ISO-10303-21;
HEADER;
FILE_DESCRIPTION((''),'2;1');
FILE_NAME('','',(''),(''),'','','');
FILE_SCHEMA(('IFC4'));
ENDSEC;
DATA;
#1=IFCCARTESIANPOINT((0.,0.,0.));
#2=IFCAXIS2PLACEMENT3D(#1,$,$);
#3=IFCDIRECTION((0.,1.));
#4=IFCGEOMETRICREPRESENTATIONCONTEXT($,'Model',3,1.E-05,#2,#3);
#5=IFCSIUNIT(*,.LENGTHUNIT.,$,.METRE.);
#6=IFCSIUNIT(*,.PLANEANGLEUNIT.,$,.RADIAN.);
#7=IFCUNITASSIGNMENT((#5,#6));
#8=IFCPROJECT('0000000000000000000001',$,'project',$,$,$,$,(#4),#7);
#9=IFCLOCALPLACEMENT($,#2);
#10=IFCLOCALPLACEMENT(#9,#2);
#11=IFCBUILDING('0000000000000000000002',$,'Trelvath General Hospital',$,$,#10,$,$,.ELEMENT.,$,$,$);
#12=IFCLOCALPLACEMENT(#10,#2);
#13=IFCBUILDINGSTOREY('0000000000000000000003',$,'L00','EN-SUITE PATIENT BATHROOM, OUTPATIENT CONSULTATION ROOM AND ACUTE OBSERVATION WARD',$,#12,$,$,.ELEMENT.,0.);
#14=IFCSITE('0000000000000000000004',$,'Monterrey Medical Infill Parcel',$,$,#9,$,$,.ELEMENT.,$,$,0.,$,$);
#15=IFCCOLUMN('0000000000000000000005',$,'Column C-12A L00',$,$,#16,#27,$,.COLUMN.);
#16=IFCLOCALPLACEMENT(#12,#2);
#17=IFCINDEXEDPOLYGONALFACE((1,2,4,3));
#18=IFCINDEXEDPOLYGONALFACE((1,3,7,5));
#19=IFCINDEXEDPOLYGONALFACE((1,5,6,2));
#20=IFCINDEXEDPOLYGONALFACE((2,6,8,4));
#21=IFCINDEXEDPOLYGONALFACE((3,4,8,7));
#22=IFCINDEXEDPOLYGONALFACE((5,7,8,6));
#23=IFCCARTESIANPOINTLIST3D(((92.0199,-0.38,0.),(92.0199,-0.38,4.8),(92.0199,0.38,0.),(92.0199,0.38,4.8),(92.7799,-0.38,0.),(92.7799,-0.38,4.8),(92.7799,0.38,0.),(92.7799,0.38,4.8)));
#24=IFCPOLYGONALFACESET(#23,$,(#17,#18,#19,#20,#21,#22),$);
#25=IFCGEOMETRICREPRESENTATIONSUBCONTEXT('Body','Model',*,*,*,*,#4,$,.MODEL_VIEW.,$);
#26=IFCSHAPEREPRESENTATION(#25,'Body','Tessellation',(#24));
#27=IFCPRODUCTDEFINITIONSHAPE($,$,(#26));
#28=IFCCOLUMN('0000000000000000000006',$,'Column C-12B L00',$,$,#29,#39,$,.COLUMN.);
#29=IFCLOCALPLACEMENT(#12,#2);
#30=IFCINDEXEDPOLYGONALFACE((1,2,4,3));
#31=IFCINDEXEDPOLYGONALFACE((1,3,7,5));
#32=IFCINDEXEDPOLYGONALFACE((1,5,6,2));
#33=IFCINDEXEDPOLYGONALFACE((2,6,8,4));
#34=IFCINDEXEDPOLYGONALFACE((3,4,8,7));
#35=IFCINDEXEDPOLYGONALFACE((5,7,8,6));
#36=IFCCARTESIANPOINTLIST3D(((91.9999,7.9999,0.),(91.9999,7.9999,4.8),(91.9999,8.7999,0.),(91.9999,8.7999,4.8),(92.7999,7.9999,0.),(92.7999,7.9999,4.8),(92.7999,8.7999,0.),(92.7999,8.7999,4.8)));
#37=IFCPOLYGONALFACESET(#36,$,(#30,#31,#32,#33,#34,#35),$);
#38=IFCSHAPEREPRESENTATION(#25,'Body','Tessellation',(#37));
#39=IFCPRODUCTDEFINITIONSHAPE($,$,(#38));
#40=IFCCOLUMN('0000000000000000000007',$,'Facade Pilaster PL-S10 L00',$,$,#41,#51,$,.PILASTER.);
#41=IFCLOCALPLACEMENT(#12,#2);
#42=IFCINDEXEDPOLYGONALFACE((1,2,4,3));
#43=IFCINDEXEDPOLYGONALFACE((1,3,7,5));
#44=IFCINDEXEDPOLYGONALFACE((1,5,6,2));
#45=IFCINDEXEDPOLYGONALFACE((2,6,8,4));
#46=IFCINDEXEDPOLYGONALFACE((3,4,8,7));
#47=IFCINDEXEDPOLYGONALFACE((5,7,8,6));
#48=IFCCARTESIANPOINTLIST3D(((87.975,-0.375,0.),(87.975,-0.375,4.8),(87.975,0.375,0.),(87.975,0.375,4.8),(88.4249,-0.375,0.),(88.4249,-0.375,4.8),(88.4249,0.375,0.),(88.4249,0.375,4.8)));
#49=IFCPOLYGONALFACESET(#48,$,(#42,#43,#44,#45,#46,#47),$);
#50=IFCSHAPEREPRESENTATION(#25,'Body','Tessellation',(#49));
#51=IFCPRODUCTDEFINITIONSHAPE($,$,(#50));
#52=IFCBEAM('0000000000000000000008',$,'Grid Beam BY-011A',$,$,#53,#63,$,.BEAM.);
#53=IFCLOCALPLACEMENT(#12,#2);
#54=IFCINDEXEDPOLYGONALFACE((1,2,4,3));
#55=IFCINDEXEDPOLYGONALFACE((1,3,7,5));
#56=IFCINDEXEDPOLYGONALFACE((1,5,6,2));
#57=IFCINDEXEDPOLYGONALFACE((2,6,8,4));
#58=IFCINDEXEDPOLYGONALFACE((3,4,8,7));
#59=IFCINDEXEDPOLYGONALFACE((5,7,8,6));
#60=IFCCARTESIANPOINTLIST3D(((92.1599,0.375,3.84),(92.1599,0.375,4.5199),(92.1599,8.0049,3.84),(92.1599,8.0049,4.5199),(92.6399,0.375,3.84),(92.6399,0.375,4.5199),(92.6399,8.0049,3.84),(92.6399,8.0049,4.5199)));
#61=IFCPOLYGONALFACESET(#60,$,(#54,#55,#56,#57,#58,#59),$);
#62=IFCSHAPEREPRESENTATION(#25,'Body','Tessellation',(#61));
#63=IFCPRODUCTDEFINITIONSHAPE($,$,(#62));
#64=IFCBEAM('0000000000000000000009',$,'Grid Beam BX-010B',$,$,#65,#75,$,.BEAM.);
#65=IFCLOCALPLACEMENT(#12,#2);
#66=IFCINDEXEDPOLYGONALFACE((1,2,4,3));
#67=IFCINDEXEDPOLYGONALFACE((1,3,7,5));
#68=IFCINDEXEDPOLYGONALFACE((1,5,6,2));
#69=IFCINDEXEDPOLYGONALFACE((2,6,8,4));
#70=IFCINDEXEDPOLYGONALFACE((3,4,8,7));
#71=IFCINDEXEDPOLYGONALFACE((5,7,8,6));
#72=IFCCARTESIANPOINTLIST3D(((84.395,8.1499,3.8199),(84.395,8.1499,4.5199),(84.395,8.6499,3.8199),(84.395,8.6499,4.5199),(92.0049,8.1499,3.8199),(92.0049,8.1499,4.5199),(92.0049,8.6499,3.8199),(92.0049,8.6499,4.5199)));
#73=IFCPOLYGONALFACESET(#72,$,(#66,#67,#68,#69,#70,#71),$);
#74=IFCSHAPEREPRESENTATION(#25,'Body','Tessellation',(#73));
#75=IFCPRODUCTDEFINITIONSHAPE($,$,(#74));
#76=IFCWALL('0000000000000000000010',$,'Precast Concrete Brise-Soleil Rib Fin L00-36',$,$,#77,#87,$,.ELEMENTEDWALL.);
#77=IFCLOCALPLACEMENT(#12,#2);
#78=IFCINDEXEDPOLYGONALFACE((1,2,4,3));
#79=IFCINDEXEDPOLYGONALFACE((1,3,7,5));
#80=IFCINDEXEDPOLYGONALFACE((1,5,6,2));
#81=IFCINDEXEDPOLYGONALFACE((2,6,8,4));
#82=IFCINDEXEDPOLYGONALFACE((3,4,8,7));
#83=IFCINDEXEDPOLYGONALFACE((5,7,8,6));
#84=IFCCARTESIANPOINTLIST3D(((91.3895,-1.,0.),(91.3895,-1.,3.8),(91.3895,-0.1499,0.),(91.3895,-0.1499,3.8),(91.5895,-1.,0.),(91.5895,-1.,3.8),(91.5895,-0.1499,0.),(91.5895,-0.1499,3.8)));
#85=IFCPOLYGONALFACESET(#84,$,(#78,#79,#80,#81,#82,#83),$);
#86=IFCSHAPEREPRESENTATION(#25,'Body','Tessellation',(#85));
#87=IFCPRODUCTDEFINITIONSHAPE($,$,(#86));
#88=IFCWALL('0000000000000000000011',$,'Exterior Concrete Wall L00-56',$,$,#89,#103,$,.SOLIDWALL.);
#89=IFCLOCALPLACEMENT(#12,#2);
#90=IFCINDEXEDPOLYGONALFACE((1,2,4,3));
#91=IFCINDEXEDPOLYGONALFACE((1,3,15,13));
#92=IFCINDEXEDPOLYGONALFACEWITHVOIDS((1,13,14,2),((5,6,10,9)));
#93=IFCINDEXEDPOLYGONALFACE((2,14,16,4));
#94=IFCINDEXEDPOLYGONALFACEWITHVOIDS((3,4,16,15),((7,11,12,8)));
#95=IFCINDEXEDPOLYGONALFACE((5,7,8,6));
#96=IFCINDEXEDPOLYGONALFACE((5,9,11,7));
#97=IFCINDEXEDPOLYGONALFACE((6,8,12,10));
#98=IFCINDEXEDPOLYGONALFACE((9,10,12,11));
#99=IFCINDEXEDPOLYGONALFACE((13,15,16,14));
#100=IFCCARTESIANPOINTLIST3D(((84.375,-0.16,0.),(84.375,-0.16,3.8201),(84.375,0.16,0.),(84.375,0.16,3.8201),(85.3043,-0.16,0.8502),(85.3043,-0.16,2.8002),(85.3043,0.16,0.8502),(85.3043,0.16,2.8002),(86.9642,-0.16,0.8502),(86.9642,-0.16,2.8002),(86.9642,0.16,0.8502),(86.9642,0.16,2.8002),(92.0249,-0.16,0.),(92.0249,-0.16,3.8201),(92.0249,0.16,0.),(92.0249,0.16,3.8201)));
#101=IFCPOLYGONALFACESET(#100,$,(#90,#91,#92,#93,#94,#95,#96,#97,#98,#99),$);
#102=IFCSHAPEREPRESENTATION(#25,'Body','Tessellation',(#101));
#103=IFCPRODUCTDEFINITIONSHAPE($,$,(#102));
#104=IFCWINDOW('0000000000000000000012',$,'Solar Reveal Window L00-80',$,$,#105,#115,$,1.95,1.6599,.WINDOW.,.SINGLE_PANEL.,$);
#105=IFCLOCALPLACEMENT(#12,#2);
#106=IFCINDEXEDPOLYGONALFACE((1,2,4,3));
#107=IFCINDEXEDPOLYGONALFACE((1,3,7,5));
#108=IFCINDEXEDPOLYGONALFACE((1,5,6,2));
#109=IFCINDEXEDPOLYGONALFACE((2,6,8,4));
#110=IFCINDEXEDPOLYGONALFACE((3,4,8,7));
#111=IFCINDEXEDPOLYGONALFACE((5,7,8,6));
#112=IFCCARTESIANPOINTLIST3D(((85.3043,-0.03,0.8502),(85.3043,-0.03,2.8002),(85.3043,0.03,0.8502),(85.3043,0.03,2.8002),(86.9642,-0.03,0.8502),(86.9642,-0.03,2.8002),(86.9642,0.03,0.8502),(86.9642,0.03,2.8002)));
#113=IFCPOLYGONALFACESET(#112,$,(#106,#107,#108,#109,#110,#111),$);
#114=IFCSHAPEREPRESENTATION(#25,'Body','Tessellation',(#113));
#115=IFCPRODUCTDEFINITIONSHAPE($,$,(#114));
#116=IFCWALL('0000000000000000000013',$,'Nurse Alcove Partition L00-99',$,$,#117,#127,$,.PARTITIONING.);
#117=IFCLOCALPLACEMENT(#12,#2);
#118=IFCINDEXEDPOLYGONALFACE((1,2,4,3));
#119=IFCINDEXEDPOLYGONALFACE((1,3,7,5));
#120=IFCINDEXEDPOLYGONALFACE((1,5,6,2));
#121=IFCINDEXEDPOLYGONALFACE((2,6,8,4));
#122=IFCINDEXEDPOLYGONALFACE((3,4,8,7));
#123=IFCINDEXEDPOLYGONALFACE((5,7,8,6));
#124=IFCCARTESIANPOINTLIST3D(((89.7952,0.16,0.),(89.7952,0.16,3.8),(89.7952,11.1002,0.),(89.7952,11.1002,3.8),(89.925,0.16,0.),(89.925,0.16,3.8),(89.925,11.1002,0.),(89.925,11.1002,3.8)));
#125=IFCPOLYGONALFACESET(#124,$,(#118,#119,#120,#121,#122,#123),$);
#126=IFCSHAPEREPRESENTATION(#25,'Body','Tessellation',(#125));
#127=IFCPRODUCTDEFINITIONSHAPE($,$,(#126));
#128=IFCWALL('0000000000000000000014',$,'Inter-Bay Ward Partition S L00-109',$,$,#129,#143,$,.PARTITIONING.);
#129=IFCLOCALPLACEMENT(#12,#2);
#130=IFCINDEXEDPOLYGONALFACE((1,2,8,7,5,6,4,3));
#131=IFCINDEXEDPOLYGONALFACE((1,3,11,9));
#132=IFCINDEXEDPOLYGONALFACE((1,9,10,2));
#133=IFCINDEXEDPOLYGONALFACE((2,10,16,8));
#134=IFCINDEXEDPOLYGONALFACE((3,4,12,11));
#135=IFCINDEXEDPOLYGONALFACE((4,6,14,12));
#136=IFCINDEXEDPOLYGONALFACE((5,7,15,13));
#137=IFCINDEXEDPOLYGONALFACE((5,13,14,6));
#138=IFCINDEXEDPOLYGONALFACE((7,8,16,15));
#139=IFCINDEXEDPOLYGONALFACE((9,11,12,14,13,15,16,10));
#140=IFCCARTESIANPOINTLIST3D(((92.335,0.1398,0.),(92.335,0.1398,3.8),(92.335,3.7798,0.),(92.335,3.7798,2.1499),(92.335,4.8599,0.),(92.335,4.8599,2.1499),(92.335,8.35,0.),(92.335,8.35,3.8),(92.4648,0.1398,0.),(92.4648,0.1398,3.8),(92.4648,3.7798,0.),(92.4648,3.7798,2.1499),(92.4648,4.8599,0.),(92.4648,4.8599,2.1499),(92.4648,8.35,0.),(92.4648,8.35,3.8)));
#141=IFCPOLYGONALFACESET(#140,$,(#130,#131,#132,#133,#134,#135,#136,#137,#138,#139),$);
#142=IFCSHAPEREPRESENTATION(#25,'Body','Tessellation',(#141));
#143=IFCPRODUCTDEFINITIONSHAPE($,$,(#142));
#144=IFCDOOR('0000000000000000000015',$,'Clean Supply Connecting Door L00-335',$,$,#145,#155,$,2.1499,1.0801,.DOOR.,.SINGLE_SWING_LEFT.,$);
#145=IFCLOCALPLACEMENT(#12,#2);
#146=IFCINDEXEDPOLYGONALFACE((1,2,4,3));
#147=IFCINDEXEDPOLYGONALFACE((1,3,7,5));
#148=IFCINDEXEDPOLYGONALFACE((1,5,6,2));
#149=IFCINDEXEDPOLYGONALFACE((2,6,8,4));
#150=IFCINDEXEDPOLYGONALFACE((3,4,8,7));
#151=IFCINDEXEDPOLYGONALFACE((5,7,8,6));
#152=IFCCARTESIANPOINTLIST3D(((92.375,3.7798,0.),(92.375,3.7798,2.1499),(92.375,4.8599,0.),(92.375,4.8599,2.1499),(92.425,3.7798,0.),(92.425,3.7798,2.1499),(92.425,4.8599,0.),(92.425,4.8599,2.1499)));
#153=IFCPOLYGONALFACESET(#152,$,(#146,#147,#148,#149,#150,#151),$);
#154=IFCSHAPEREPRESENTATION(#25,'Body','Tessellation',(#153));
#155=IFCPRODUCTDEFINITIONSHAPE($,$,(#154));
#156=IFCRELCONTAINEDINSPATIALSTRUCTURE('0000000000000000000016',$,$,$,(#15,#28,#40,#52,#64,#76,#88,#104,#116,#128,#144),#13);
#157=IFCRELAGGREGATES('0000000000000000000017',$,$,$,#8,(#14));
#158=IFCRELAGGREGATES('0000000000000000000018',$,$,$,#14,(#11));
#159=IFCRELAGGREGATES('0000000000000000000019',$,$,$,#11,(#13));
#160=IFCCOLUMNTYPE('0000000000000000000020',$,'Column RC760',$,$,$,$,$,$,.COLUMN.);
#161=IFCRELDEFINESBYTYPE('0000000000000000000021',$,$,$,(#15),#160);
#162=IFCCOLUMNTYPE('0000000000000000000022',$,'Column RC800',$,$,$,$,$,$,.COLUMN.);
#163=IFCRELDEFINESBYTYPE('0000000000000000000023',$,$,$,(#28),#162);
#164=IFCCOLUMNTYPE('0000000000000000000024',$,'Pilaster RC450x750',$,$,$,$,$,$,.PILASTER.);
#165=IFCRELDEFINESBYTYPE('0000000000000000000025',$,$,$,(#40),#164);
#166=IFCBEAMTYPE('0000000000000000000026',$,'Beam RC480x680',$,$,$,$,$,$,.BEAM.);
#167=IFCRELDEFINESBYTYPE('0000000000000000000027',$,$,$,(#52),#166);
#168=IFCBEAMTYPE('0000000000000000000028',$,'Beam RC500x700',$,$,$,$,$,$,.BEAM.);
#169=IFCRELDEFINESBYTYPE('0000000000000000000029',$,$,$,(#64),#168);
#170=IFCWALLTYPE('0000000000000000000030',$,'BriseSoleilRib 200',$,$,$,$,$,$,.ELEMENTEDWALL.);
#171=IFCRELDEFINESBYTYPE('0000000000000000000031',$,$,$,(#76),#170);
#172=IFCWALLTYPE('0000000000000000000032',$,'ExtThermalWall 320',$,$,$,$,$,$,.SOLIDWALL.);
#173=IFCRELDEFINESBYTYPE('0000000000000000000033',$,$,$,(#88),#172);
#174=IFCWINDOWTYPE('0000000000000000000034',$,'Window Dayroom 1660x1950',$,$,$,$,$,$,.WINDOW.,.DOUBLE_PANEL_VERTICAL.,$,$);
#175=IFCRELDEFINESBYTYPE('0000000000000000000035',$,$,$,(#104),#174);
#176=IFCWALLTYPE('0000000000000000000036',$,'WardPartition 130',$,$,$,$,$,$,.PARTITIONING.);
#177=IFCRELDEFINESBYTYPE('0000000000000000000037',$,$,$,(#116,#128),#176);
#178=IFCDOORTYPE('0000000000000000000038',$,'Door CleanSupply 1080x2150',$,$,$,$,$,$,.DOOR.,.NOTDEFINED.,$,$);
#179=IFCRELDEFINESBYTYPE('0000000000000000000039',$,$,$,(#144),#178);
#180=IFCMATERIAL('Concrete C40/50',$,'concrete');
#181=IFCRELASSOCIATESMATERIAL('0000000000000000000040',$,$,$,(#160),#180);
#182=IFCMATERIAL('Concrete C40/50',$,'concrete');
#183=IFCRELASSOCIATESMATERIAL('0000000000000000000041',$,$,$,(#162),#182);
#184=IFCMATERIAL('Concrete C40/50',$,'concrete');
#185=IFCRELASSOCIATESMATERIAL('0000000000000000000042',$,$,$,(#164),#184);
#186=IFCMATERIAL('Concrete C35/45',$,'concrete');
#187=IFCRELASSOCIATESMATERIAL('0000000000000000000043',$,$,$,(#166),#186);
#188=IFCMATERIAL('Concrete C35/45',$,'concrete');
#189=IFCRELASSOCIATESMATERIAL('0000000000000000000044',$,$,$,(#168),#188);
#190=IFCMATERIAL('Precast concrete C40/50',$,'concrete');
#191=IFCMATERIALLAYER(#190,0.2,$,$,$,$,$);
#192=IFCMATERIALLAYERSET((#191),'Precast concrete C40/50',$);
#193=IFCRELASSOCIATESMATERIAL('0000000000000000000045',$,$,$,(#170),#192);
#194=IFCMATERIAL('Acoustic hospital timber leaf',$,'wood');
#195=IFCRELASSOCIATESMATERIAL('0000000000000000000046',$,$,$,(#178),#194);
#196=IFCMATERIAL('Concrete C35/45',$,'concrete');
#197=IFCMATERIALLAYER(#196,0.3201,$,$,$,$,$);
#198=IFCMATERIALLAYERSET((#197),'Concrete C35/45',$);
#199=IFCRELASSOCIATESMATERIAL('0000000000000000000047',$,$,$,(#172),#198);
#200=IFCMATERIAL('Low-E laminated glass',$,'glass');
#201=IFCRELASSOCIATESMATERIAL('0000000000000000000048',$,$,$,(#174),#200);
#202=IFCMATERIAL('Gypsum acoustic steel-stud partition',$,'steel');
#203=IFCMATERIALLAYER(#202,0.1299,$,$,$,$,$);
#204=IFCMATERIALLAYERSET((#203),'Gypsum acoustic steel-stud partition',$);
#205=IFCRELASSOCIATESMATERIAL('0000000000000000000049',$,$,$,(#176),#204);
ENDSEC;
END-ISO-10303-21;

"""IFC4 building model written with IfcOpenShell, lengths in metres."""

from ifc_helpers import new_model, si_unit, direction, frame, frame_2d, origin, origin_2d, place, context, subcontext, project, spatial, rectangle, extrude, material, layer, layer_set, material_profile, profile_set, type_object, element, fill, save


model = new_model("IFC4")

# Units and contexts
model_context = context("Model", 3, precision=1e-05, world=origin(), true_north=direction((0.0, 1.0)))
body_context = subcontext(model_context, "Body", "Model", "MODEL_VIEW")
ifc_project = project(units=[si_unit("LENGTHUNIT", "METRE"), si_unit("PLANEANGLEUNIT", "RADIAN")], contexts=[model_context])

# Site, building, storey
site_placement = place(None, origin())
site = spatial("IfcSite", under=ifc_project, at=site_placement, Name="Monterrey Medical Infill Parcel", CompositionType="ELEMENT", RefElevation=0.0)
building_placement = place(site_placement, origin())
building = spatial("IfcBuilding", under=site, at=building_placement, Name="Trelvath General Hospital", CompositionType="ELEMENT")
storey_placement = place(building_placement, origin())
storey = spatial("IfcBuildingStorey", under=building, at=storey_placement, Name="L00", Description="EN-SUITE PATIENT BATHROOM, OUTPATIENT CONSULTATION ROOM AND ACUTE OBSERVATION WARD", CompositionType="ELEMENT", Elevation=0.0)

# Columns
ifc_material_1 = material(Name="Concrete C40/50", Category="concrete")
ifc_material_profile_1 = material_profile(ifc_material_1, rectangle(XDim=0.76, YDim=0.76, at=origin_2d()), Name="RC760x760")
ifc_profile_set_1 = profile_set([ifc_material_profile_1], Name="Concrete C40/50")
column_type_1 = type_object("IfcColumnType", Name="Column RC760", PredefinedType="COLUMN", material=ifc_profile_set_1)
column_1_placement = place(storey_placement, frame((92.3999, 0.0, 0.0), z_axis=(0.0, 0.0, 1.0), x_axis=(1.0, 0.0, 0.0)))
element("IfcColumn", 1, at=column_1_placement, inside=storey, type_object=column_type_1, Name="Column C-12A L00", PredefinedType="COLUMN", context=body_context, shape_type="SweptSolid", body=[
    extrude(rectangle(XDim=0.76, YDim=0.76, at=origin_2d()), origin(), (0.0, 0.0, 1.0), 4.8),
])
ifc_material_2 = material(Name="Concrete C40/50", Category="concrete")
ifc_material_profile_2 = material_profile(ifc_material_2, rectangle(XDim=0.8, YDim=0.8, at=origin_2d()), Name="RC800x800")
ifc_profile_set_2 = profile_set([ifc_material_profile_2], Name="Concrete C40/50")
column_type_2 = type_object("IfcColumnType", Name="Column RC800", PredefinedType="COLUMN", material=ifc_profile_set_2)
column_2_placement = place(storey_placement, frame((92.3999, 8.3999, 0.0), z_axis=(0.0, 0.0, 1.0), x_axis=(1.0, 0.0, 0.0)))
element("IfcColumn", 2, at=column_2_placement, inside=storey, type_object=column_type_2, Name="Column C-12B L00", PredefinedType="COLUMN", context=body_context, shape_type="SweptSolid", body=[
    extrude(rectangle(XDim=0.8, YDim=0.8, at=origin_2d()), origin(), (0.0, 0.0, 1.0), 4.8),
])
ifc_material_3 = material(Name="Concrete C40/50", Category="concrete")
ifc_material_profile_3 = material_profile(ifc_material_3, rectangle(XDim=0.45, YDim=0.75, at=origin_2d()), Name="RC450x750")
ifc_profile_set_3 = profile_set([ifc_material_profile_3], Name="Concrete C40/50")
column_type_3 = type_object("IfcColumnType", Name="Pilaster RC450x750", PredefinedType="PILASTER", material=ifc_profile_set_3)
column_3_placement = place(storey_placement, frame((88.2, 0.0, 0.0), z_axis=(0.0, 0.0, 1.0), x_axis=(1.0, 0.0, 0.0)))
element("IfcColumn", 3, at=column_3_placement, inside=storey, type_object=column_type_3, Name="Facade Pilaster PL-S10 L00", PredefinedType="PILASTER", context=body_context, shape_type="SweptSolid", body=[
    extrude(rectangle(XDim=0.45, YDim=0.75, at=origin_2d()), origin(), (0.0, 0.0, 1.0), 4.8),
])

# Beams
ifc_material_4 = material(Name="Concrete C35/45", Category="concrete")
ifc_material_profile_4 = material_profile(ifc_material_4, rectangle(XDim=0.48, YDim=0.6799, at=origin_2d()), Name="RCB480x680")
ifc_profile_set_4 = profile_set([ifc_material_profile_4], Name="Concrete C35/45")
beam_type_1 = type_object("IfcBeamType", Name="Beam RC480x680", PredefinedType="BEAM", material=ifc_profile_set_4)
beam_1_placement = place(storey_placement, frame((92.3999, 0.375, 4.1799), z_axis=(0.0, 1.0, 0.0), x_axis=(-1.0, 0.0, 0.0)))
element("IfcBeam", 4, at=beam_1_placement, inside=storey, type_object=beam_type_1, Name="Grid Beam BY-011A", PredefinedType="BEAM", context=body_context, shape_type="SweptSolid", body=[
    extrude(rectangle(XDim=0.48, YDim=0.6799, at=origin_2d()), origin(), (0.0, 0.0, 1.0), 7.6299),
])
ifc_material_5 = material(Name="Concrete C35/45", Category="concrete")
ifc_material_profile_5 = material_profile(ifc_material_5, rectangle(XDim=0.5, YDim=0.7, at=origin_2d()), Name="RCB500x700")
ifc_profile_set_5 = profile_set([ifc_material_profile_5], Name="Concrete C35/45")
beam_type_2 = type_object("IfcBeamType", Name="Beam RC500x700", PredefinedType="BEAM", material=ifc_profile_set_5)
beam_2_placement = place(storey_placement, frame((84.395, 8.3999, 4.1699), z_axis=(1.0, 0.0, 0.0), x_axis=(0.0, 1.0, 0.0)))
element("IfcBeam", 5, at=beam_2_placement, inside=storey, type_object=beam_type_2, Name="Grid Beam BX-010B", PredefinedType="BEAM", context=body_context, shape_type="SweptSolid", body=[
    extrude(rectangle(XDim=0.5, YDim=0.7, at=origin_2d()), origin(), (0.0, 0.0, 1.0), 7.6099),
])

# Wall
ifc_material_6 = material(Name="Precast concrete C40/50", Category="concrete")
ifc_layer_1 = layer(ifc_material_6, 0.2)
ifc_layer_set_1 = layer_set([ifc_layer_1], Name="Precast concrete C40/50")
wall_type_1 = type_object("IfcWallType", Name="BriseSoleilRib 200", PredefinedType="ELEMENTEDWALL", material=ifc_layer_set_1)
wall_1_placement = place(storey_placement, frame((91.4895, -0.1499, 0.0), z_axis=(0.0, 0.0, 1.0), x_axis=(0.0, -1.0, 0.0)))
element("IfcWall", 6, at=wall_1_placement, inside=storey, type_object=wall_type_1, Name="Precast Concrete Brise-Soleil Rib Fin L00-36", PredefinedType="ELEMENTEDWALL", context=body_context, shape_type="SweptSolid", body=[
    extrude(rectangle(XDim=0.8501, YDim=0.2, at=frame_2d((0.425, 0.0))), origin(), (0.0, 0.0, 1.0), 3.8),
])

# Shared definitions
ifc_material_7 = material(Name="Acoustic hospital timber leaf", Category="wood")
door_type = type_object("IfcDoorType", Name="Door CleanSupply 1080x2150", OperationType="NOTDEFINED", PredefinedType="DOOR", material=ifc_material_7)

# Wall, opening, window
ifc_material_8 = material(Name="Concrete C35/45", Category="concrete")
ifc_layer_2 = layer(ifc_material_8, 0.3201)
ifc_layer_set_2 = layer_set([ifc_layer_2], Name="Concrete C35/45")
wall_type_2 = type_object("IfcWallType", Name="ExtThermalWall 320", PredefinedType="SOLIDWALL", material=ifc_layer_set_2)
wall_2_placement = place(storey_placement, frame((92.0249, 0.0, 0.0), z_axis=(0.0, 0.0, 1.0), x_axis=(-1.0, 0.0, 0.0)))
wall_2 = element("IfcWall", 7, at=wall_2_placement, inside=storey, type_object=wall_type_2, Name="Exterior Concrete Wall L00-56", PredefinedType="SOLIDWALL", context=body_context, shape_type="SweptSolid", body=[
    extrude(rectangle(XDim=7.6499, YDim=0.3201, at=frame_2d((3.825, 0.0))), origin(), (0.0, 0.0, 1.0), 3.8201),
])
opening_1_placement = place(wall_2_placement, frame((5.0605, 0.0, 0.8501)))
opening_1 = element("IfcOpeningElement", 8, at=opening_1_placement, cuts=wall_2, PredefinedType="OPENING", context=body_context, shape_type="SweptSolid", body=[
    extrude(rectangle(XDim=1.6599, YDim=1.95, at=frame_2d((0.8301, 0.9751))), frame((0.0, 0.1699, 0.0), z_axis=(0.0, -1.0, 0.0), x_axis=(1.0, 0.0, 0.0)), (0.0, 0.0, 1.0), 0.3401),
])
ifc_material_9 = material(Name="Low-E laminated glass", Category="glass")
window_type = type_object("IfcWindowType", Name="Window Dayroom 1660x1950", PartitioningType="DOUBLE_PANEL_VERTICAL", PredefinedType="WINDOW", material=ifc_material_9)
window_placement = place(opening_1_placement, origin())
window = element("IfcWindow", 9, at=window_placement, inside=storey, type_object=window_type, Name="Solar Reveal Window L00-80", OverallHeight=1.95, OverallWidth=1.6599, PartitioningType="SINGLE_PANEL", PredefinedType="WINDOW", context=body_context, shape_type="SweptSolid", body=[
    extrude(rectangle(XDim=1.6599, YDim=1.95, at=frame_2d((0.8301, 0.9751))), frame((0.0, 0.03, 0.0), z_axis=(0.0, -1.0, 0.0), x_axis=(1.0, 0.0, 0.0)), (0.0, 0.0, 1.0), 0.0601),
])
fill(opening_1, window)

# Wall
ifc_material_10 = material(Name="Gypsum acoustic steel-stud partition", Category="steel")
ifc_layer_3 = layer(ifc_material_10, 0.1299)
ifc_layer_set_3 = layer_set([ifc_layer_3], Name="Gypsum acoustic steel-stud partition")
wall_type_3 = type_object("IfcWallType", Name="WardPartition 130", PredefinedType="PARTITIONING", material=ifc_layer_set_3)
wall_3_placement = place(storey_placement, frame((89.8601, 0.1599, 0.0), z_axis=(0.0, 0.0, 1.0), x_axis=(0.0, 1.0, 0.0)))
element("IfcWall", 10, at=wall_3_placement, inside=storey, type_object=wall_type_3, Name="Nurse Alcove Partition L00-99", PredefinedType="PARTITIONING", context=body_context, shape_type="SweptSolid", body=[
    extrude(rectangle(XDim=10.9402, YDim=0.1299, at=frame_2d((5.4702, 0.0))), origin(), (0.0, 0.0, 1.0), 3.8),
])

# Wall, opening, door
wall_4_placement = place(storey_placement, frame((92.3999, 0.1399, 0.0), z_axis=(0.0, 0.0, 1.0), x_axis=(0.0, 1.0, 0.0)))
wall_4 = element("IfcWall", 11, at=wall_4_placement, inside=storey, type_object=wall_type_3, Name="Inter-Bay Ward Partition S L00-109", PredefinedType="PARTITIONING", context=body_context, shape_type="SweptSolid", body=[
    extrude(rectangle(XDim=8.2102, YDim=0.1299, at=frame_2d((4.105, 0.0))), origin(), (0.0, 0.0, 1.0), 3.8),
])
opening_2_placement = place(wall_4_placement, frame((3.6399, 0.0, 0.0)))
opening_2 = element("IfcOpeningElement", 12, at=opening_2_placement, cuts=wall_4, PredefinedType="OPENING", context=body_context, shape_type="SweptSolid", body=[
    extrude(rectangle(XDim=1.0801, YDim=2.1499, at=frame_2d((0.54, 1.075))), frame((0.0, 0.075, 0.0), z_axis=(0.0, -1.0, 0.0), x_axis=(1.0, 0.0, 0.0)), (0.0, 0.0, 1.0), 0.1499),
])
door_1_placement = place(opening_2_placement, origin())
door_1 = element("IfcDoor", 13, at=door_1_placement, inside=storey, type_object=door_type, Name="Clean Supply Connecting Door L00-335", OperationType="SINGLE_SWING_LEFT", OverallHeight=2.1499, OverallWidth=1.0801, PredefinedType="DOOR", context=body_context, shape_type="SweptSolid", body=[
    extrude(rectangle(XDim=1.0801, YDim=2.1499, at=frame_2d((0.54, 1.075))), frame((0.0, 0.0249, 0.0), z_axis=(0.0, -1.0, 0.0), x_axis=(1.0, 0.0, 0.0)), (0.0, 0.0, 1.0), 0.05),
])
fill(opening_2, door_1)

save(model, "model.ifc")
